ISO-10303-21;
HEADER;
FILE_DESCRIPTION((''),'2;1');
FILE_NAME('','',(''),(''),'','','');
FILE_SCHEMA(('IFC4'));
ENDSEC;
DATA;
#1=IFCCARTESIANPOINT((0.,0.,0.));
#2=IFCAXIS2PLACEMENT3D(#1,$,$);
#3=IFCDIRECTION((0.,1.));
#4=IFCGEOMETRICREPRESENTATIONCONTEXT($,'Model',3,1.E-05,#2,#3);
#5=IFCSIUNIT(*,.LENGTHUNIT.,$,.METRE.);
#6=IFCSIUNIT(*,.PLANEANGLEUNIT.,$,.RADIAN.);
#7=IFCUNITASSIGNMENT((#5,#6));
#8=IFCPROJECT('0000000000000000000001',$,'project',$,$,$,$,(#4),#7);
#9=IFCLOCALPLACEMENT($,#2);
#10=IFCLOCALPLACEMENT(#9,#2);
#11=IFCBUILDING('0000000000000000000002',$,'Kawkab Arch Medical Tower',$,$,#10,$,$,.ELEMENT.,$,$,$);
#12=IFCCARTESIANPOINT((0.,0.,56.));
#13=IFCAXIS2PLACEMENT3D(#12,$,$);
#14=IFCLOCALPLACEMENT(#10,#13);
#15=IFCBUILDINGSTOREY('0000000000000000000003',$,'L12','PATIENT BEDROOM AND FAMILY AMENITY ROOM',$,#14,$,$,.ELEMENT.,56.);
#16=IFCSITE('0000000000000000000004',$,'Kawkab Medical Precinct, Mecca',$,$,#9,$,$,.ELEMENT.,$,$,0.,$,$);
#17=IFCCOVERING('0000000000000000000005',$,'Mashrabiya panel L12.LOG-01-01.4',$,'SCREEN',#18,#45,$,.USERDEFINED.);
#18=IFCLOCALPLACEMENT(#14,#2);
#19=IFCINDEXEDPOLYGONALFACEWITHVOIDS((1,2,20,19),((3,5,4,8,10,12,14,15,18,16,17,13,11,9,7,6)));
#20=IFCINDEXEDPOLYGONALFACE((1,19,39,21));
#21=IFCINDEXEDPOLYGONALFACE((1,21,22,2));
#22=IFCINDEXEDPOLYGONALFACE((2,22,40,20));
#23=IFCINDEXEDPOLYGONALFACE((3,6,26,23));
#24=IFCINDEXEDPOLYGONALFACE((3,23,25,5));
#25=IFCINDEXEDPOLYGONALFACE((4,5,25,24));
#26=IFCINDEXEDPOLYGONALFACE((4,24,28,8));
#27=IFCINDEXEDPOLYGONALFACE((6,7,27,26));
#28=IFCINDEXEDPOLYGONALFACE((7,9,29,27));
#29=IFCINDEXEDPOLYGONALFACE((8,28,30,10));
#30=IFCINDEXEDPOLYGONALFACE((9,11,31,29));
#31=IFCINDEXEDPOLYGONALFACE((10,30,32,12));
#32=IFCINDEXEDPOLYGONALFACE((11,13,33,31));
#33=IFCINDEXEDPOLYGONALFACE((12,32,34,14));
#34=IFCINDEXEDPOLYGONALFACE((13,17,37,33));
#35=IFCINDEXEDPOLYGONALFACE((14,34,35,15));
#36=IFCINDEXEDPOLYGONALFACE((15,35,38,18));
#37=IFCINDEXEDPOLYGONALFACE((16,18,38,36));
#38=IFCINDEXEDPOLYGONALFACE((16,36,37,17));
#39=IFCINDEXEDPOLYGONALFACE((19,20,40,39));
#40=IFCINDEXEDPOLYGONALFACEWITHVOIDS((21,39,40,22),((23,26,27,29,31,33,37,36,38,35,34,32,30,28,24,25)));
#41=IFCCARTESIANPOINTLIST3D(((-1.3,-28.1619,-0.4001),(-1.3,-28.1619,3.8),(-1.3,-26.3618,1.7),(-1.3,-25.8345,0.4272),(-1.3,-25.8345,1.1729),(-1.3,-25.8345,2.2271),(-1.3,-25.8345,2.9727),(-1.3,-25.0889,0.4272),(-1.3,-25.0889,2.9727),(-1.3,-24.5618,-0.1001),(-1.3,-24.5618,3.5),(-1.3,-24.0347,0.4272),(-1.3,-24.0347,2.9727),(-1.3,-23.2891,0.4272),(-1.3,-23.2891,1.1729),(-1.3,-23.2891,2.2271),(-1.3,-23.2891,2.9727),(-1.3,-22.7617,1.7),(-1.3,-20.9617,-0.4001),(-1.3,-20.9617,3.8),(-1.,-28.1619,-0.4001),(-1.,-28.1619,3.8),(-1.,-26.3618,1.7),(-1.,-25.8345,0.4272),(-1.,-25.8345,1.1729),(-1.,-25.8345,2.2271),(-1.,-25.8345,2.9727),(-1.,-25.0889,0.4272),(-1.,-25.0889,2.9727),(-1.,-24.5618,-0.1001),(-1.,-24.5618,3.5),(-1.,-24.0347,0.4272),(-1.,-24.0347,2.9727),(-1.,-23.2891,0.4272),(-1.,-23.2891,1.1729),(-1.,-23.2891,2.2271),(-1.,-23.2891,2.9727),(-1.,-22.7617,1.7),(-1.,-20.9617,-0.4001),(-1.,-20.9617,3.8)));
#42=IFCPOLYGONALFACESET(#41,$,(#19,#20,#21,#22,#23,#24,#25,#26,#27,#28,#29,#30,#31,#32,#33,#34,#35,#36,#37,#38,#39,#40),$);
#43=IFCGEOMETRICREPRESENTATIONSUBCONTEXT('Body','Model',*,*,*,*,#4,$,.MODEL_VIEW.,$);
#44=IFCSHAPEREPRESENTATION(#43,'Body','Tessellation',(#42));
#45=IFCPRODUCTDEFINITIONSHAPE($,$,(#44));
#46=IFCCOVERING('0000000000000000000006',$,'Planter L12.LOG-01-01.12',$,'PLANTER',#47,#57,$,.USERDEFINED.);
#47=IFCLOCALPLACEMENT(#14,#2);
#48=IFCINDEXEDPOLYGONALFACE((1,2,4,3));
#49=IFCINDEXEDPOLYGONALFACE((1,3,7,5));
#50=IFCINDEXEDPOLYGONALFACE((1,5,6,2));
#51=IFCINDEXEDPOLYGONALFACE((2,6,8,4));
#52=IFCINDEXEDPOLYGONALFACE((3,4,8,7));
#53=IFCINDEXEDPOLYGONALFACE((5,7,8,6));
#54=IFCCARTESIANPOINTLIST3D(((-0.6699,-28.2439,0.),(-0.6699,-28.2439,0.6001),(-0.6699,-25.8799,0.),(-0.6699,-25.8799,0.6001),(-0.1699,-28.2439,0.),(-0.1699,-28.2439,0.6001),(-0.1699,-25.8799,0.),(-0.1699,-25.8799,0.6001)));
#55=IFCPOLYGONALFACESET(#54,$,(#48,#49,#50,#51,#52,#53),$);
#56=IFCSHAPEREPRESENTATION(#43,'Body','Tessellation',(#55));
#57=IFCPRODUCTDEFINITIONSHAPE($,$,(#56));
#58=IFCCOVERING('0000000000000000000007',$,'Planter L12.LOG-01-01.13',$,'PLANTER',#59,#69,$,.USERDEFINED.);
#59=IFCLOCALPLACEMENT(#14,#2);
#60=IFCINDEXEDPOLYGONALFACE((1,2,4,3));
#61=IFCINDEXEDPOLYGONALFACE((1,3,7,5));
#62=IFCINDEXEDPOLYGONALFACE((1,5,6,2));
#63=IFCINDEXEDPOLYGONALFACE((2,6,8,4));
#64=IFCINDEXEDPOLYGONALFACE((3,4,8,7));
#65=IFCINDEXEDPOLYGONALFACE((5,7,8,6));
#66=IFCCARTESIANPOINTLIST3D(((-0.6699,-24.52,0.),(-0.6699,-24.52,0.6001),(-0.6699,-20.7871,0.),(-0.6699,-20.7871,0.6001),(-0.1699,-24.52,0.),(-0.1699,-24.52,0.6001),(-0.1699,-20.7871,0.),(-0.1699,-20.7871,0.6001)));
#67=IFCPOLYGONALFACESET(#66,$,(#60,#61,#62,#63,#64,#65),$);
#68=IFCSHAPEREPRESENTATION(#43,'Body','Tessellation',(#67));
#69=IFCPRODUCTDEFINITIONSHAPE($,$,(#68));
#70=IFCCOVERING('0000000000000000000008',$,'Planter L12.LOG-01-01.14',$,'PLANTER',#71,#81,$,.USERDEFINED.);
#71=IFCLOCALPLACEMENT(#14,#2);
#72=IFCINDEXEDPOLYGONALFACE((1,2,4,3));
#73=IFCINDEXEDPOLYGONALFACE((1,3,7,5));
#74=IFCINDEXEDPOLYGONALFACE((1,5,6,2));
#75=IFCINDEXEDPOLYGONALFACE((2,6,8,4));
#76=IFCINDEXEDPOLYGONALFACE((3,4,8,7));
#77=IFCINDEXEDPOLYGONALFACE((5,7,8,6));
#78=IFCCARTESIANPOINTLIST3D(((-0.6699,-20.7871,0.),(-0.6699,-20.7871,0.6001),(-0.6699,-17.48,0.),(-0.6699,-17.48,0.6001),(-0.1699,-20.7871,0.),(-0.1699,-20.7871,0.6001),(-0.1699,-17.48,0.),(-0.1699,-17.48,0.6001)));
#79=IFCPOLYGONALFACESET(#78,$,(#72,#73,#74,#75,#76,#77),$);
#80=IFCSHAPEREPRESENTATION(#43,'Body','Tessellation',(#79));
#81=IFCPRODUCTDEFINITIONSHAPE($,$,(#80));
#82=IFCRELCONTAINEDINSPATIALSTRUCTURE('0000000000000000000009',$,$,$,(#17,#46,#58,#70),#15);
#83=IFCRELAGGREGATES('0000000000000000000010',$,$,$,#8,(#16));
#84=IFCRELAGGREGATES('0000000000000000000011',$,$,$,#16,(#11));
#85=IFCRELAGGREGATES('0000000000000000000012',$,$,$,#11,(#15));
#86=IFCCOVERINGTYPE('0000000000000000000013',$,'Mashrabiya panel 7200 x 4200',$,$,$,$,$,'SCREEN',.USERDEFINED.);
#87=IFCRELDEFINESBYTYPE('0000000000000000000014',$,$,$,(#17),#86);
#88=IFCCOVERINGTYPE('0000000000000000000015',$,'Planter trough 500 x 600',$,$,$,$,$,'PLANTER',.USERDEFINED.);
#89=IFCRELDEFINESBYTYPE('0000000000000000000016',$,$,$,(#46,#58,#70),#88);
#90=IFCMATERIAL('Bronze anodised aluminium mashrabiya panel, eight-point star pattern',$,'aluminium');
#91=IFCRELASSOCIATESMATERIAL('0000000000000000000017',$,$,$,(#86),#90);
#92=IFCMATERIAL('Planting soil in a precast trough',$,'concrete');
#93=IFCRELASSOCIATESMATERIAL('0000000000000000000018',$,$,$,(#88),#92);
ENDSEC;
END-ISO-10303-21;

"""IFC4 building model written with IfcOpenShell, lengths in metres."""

from ifc_helpers import new_model, si_unit, direction, frame, origin, origin_2d, place, context, subcontext, project, spatial, polyline, rectangle, outline, extrude, material, material_profile, profile_set, type_object, element, save


model = new_model("IFC4")

# Units and contexts
model_context = context("Model", 3, precision=1e-05, world=origin(), true_north=direction((0.0, 1.0)))
body_context = subcontext(model_context, "Body", "Model", "MODEL_VIEW")
ifc_project = project(units=[si_unit("LENGTHUNIT", "METRE"), si_unit("PLANEANGLEUNIT", "RADIAN")], contexts=[model_context])

# Site, building, storey
site_placement = place(None, origin())
site = spatial("IfcSite", under=ifc_project, at=site_placement, Name="Kawkab Medical Precinct, Mecca", CompositionType="ELEMENT", RefElevation=0.0)
building_placement = place(site_placement, origin())
building = spatial("IfcBuilding", under=site, at=building_placement, Name="Kawkab Arch Medical Tower", CompositionType="ELEMENT")
storey_placement = place(building_placement, frame((0.0, 0.0, 56.0)))
storey = spatial("IfcBuildingStorey", under=building, at=storey_placement, Name="L12", Description="PATIENT BEDROOM AND FAMILY AMENITY ROOM", CompositionType="ELEMENT", Elevation=56.0)

# Coverings
ifc_material_1 = material(Name="Bronze anodised aluminium mashrabiya panel, eight-point star pattern", Category="aluminium")
ifc_material_profile_1 = material_profile(ifc_material_1, outline(polyline([(-3.6001, -2.1001), (3.6001, -2.1001), (3.6001, 2.1001), (-3.6001, 2.1001), (-3.6001, -2.1001)]), holes=[polyline([(1.8, 0.0), (1.2727, 0.5271), (1.2727, 1.2727), (0.5271, 1.2727), (0.0, 1.8), (-0.5271, 1.2727), (-1.2727, 1.2727), (-1.2727, 0.5271), (-1.8, 0.0), (-1.2727, -0.5271), (-1.2727, -1.2727), (-0.5271, -1.2727), (0.0, -1.8), (0.5271, -1.2727), (1.2727, -1.2727), (1.2727, -0.5271), (1.8, 0.0)])]), Name="Mashrabiya panel 7200x4200")
ifc_profile_set_1 = profile_set([ifc_material_profile_1], Name="Bronze anodised aluminium mashrabiya panel, eight-point star pattern")
covering_type_1 = type_object("IfcCoveringType", Name="Mashrabiya panel 7200 x 4200", ElementType="SCREEN", PredefinedType="USERDEFINED", material=ifc_profile_set_1)
covering_1_placement = place(storey_placement, frame((-1.0, -24.5618, 1.7), z_axis=(-1.0, 0.0, 0.0), x_axis=(0.0, -1.0, 0.0)))
element("IfcCovering", 1, at=covering_1_placement, inside=storey, type_object=covering_type_1, Name="Mashrabiya panel L12.LOG-01-01.4", ObjectType="SCREEN", PredefinedType="USERDEFINED", context=body_context, shape_type="SweptSolid", body=[
    extrude(outline(polyline([(-3.6001, -2.1001), (3.6001, -2.1001), (3.6001, 2.1001), (-3.6001, 2.1001), (-3.6001, -2.1001)]), holes=[polyline([(1.8, 0.0), (1.2727, 0.5271), (1.2727, 1.2727), (0.5271, 1.2727), (0.0, 1.8), (-0.5271, 1.2727), (-1.2727, 1.2727), (-1.2727, 0.5271), (-1.8, 0.0), (-1.2727, -0.5271), (-1.2727, -1.2727), (-0.5271, -1.2727), (0.0, -1.8), (0.5271, -1.2727), (1.2727, -1.2727), (1.2727, -0.5271), (1.8, 0.0)])]), origin(), (0.0, 0.0, 1.0), 0.3),
])
ifc_material_2 = material(Name="Planting soil in a precast trough", Category="concrete")
ifc_material_profile_2 = material_profile(ifc_material_2, rectangle(XDim=0.5, YDim=0.6001, at=origin_2d()), Name="Trough 500x600")
ifc_profile_set_2 = profile_set([ifc_material_profile_2], Name="Planting soil in a precast trough")
covering_type_2 = type_object("IfcCoveringType", Name="Planter trough 500 x 600", ElementType="PLANTER", PredefinedType="USERDEFINED", material=ifc_profile_set_2)
covering_2_placement = place(storey_placement, frame((-0.4199, -28.2439, 0.3), z_axis=(0.0, 1.0, 0.0), x_axis=(-1.0, 0.0, 0.0)))
element("IfcCovering", 2, at=covering_2_placement, inside=storey, type_object=covering_type_2, Name="Planter L12.LOG-01-01.12", ObjectType="PLANTER", PredefinedType="USERDEFINED", context=body_context, shape_type="SweptSolid", body=[
    extrude(rectangle(XDim=0.5, YDim=0.6001, at=origin_2d()), origin(), (0.0, 0.0, 1.0), 2.364),
])
covering_3_placement = place(storey_placement, frame((-0.4199, -24.52, 0.3), z_axis=(0.0, 1.0, 0.0), x_axis=(-1.0, 0.0, 0.0)))
element("IfcCovering", 3, at=covering_3_placement, inside=storey, type_object=covering_type_2, Name="Planter L12.LOG-01-01.13", ObjectType="PLANTER", PredefinedType="USERDEFINED", context=body_context, shape_type="SweptSolid", body=[
    extrude(rectangle(XDim=0.5, YDim=0.6001, at=origin_2d()), origin(), (0.0, 0.0, 1.0), 3.7329),
])
covering_4_placement = place(storey_placement, frame((-0.4199, -20.7871, 0.3), z_axis=(0.0, 1.0, 0.0), x_axis=(-1.0, 0.0, 0.0)))
element("IfcCovering", 4, at=covering_4_placement, inside=storey, type_object=covering_type_2, Name="Planter L12.LOG-01-01.14", ObjectType="PLANTER", PredefinedType="USERDEFINED", context=body_context, shape_type="SweptSolid", body=[
    extrude(rectangle(XDim=0.5, YDim=0.6001, at=origin_2d()), origin(), (0.0, 0.0, 1.0), 3.3071),
])

save(model, "model.ifc")
